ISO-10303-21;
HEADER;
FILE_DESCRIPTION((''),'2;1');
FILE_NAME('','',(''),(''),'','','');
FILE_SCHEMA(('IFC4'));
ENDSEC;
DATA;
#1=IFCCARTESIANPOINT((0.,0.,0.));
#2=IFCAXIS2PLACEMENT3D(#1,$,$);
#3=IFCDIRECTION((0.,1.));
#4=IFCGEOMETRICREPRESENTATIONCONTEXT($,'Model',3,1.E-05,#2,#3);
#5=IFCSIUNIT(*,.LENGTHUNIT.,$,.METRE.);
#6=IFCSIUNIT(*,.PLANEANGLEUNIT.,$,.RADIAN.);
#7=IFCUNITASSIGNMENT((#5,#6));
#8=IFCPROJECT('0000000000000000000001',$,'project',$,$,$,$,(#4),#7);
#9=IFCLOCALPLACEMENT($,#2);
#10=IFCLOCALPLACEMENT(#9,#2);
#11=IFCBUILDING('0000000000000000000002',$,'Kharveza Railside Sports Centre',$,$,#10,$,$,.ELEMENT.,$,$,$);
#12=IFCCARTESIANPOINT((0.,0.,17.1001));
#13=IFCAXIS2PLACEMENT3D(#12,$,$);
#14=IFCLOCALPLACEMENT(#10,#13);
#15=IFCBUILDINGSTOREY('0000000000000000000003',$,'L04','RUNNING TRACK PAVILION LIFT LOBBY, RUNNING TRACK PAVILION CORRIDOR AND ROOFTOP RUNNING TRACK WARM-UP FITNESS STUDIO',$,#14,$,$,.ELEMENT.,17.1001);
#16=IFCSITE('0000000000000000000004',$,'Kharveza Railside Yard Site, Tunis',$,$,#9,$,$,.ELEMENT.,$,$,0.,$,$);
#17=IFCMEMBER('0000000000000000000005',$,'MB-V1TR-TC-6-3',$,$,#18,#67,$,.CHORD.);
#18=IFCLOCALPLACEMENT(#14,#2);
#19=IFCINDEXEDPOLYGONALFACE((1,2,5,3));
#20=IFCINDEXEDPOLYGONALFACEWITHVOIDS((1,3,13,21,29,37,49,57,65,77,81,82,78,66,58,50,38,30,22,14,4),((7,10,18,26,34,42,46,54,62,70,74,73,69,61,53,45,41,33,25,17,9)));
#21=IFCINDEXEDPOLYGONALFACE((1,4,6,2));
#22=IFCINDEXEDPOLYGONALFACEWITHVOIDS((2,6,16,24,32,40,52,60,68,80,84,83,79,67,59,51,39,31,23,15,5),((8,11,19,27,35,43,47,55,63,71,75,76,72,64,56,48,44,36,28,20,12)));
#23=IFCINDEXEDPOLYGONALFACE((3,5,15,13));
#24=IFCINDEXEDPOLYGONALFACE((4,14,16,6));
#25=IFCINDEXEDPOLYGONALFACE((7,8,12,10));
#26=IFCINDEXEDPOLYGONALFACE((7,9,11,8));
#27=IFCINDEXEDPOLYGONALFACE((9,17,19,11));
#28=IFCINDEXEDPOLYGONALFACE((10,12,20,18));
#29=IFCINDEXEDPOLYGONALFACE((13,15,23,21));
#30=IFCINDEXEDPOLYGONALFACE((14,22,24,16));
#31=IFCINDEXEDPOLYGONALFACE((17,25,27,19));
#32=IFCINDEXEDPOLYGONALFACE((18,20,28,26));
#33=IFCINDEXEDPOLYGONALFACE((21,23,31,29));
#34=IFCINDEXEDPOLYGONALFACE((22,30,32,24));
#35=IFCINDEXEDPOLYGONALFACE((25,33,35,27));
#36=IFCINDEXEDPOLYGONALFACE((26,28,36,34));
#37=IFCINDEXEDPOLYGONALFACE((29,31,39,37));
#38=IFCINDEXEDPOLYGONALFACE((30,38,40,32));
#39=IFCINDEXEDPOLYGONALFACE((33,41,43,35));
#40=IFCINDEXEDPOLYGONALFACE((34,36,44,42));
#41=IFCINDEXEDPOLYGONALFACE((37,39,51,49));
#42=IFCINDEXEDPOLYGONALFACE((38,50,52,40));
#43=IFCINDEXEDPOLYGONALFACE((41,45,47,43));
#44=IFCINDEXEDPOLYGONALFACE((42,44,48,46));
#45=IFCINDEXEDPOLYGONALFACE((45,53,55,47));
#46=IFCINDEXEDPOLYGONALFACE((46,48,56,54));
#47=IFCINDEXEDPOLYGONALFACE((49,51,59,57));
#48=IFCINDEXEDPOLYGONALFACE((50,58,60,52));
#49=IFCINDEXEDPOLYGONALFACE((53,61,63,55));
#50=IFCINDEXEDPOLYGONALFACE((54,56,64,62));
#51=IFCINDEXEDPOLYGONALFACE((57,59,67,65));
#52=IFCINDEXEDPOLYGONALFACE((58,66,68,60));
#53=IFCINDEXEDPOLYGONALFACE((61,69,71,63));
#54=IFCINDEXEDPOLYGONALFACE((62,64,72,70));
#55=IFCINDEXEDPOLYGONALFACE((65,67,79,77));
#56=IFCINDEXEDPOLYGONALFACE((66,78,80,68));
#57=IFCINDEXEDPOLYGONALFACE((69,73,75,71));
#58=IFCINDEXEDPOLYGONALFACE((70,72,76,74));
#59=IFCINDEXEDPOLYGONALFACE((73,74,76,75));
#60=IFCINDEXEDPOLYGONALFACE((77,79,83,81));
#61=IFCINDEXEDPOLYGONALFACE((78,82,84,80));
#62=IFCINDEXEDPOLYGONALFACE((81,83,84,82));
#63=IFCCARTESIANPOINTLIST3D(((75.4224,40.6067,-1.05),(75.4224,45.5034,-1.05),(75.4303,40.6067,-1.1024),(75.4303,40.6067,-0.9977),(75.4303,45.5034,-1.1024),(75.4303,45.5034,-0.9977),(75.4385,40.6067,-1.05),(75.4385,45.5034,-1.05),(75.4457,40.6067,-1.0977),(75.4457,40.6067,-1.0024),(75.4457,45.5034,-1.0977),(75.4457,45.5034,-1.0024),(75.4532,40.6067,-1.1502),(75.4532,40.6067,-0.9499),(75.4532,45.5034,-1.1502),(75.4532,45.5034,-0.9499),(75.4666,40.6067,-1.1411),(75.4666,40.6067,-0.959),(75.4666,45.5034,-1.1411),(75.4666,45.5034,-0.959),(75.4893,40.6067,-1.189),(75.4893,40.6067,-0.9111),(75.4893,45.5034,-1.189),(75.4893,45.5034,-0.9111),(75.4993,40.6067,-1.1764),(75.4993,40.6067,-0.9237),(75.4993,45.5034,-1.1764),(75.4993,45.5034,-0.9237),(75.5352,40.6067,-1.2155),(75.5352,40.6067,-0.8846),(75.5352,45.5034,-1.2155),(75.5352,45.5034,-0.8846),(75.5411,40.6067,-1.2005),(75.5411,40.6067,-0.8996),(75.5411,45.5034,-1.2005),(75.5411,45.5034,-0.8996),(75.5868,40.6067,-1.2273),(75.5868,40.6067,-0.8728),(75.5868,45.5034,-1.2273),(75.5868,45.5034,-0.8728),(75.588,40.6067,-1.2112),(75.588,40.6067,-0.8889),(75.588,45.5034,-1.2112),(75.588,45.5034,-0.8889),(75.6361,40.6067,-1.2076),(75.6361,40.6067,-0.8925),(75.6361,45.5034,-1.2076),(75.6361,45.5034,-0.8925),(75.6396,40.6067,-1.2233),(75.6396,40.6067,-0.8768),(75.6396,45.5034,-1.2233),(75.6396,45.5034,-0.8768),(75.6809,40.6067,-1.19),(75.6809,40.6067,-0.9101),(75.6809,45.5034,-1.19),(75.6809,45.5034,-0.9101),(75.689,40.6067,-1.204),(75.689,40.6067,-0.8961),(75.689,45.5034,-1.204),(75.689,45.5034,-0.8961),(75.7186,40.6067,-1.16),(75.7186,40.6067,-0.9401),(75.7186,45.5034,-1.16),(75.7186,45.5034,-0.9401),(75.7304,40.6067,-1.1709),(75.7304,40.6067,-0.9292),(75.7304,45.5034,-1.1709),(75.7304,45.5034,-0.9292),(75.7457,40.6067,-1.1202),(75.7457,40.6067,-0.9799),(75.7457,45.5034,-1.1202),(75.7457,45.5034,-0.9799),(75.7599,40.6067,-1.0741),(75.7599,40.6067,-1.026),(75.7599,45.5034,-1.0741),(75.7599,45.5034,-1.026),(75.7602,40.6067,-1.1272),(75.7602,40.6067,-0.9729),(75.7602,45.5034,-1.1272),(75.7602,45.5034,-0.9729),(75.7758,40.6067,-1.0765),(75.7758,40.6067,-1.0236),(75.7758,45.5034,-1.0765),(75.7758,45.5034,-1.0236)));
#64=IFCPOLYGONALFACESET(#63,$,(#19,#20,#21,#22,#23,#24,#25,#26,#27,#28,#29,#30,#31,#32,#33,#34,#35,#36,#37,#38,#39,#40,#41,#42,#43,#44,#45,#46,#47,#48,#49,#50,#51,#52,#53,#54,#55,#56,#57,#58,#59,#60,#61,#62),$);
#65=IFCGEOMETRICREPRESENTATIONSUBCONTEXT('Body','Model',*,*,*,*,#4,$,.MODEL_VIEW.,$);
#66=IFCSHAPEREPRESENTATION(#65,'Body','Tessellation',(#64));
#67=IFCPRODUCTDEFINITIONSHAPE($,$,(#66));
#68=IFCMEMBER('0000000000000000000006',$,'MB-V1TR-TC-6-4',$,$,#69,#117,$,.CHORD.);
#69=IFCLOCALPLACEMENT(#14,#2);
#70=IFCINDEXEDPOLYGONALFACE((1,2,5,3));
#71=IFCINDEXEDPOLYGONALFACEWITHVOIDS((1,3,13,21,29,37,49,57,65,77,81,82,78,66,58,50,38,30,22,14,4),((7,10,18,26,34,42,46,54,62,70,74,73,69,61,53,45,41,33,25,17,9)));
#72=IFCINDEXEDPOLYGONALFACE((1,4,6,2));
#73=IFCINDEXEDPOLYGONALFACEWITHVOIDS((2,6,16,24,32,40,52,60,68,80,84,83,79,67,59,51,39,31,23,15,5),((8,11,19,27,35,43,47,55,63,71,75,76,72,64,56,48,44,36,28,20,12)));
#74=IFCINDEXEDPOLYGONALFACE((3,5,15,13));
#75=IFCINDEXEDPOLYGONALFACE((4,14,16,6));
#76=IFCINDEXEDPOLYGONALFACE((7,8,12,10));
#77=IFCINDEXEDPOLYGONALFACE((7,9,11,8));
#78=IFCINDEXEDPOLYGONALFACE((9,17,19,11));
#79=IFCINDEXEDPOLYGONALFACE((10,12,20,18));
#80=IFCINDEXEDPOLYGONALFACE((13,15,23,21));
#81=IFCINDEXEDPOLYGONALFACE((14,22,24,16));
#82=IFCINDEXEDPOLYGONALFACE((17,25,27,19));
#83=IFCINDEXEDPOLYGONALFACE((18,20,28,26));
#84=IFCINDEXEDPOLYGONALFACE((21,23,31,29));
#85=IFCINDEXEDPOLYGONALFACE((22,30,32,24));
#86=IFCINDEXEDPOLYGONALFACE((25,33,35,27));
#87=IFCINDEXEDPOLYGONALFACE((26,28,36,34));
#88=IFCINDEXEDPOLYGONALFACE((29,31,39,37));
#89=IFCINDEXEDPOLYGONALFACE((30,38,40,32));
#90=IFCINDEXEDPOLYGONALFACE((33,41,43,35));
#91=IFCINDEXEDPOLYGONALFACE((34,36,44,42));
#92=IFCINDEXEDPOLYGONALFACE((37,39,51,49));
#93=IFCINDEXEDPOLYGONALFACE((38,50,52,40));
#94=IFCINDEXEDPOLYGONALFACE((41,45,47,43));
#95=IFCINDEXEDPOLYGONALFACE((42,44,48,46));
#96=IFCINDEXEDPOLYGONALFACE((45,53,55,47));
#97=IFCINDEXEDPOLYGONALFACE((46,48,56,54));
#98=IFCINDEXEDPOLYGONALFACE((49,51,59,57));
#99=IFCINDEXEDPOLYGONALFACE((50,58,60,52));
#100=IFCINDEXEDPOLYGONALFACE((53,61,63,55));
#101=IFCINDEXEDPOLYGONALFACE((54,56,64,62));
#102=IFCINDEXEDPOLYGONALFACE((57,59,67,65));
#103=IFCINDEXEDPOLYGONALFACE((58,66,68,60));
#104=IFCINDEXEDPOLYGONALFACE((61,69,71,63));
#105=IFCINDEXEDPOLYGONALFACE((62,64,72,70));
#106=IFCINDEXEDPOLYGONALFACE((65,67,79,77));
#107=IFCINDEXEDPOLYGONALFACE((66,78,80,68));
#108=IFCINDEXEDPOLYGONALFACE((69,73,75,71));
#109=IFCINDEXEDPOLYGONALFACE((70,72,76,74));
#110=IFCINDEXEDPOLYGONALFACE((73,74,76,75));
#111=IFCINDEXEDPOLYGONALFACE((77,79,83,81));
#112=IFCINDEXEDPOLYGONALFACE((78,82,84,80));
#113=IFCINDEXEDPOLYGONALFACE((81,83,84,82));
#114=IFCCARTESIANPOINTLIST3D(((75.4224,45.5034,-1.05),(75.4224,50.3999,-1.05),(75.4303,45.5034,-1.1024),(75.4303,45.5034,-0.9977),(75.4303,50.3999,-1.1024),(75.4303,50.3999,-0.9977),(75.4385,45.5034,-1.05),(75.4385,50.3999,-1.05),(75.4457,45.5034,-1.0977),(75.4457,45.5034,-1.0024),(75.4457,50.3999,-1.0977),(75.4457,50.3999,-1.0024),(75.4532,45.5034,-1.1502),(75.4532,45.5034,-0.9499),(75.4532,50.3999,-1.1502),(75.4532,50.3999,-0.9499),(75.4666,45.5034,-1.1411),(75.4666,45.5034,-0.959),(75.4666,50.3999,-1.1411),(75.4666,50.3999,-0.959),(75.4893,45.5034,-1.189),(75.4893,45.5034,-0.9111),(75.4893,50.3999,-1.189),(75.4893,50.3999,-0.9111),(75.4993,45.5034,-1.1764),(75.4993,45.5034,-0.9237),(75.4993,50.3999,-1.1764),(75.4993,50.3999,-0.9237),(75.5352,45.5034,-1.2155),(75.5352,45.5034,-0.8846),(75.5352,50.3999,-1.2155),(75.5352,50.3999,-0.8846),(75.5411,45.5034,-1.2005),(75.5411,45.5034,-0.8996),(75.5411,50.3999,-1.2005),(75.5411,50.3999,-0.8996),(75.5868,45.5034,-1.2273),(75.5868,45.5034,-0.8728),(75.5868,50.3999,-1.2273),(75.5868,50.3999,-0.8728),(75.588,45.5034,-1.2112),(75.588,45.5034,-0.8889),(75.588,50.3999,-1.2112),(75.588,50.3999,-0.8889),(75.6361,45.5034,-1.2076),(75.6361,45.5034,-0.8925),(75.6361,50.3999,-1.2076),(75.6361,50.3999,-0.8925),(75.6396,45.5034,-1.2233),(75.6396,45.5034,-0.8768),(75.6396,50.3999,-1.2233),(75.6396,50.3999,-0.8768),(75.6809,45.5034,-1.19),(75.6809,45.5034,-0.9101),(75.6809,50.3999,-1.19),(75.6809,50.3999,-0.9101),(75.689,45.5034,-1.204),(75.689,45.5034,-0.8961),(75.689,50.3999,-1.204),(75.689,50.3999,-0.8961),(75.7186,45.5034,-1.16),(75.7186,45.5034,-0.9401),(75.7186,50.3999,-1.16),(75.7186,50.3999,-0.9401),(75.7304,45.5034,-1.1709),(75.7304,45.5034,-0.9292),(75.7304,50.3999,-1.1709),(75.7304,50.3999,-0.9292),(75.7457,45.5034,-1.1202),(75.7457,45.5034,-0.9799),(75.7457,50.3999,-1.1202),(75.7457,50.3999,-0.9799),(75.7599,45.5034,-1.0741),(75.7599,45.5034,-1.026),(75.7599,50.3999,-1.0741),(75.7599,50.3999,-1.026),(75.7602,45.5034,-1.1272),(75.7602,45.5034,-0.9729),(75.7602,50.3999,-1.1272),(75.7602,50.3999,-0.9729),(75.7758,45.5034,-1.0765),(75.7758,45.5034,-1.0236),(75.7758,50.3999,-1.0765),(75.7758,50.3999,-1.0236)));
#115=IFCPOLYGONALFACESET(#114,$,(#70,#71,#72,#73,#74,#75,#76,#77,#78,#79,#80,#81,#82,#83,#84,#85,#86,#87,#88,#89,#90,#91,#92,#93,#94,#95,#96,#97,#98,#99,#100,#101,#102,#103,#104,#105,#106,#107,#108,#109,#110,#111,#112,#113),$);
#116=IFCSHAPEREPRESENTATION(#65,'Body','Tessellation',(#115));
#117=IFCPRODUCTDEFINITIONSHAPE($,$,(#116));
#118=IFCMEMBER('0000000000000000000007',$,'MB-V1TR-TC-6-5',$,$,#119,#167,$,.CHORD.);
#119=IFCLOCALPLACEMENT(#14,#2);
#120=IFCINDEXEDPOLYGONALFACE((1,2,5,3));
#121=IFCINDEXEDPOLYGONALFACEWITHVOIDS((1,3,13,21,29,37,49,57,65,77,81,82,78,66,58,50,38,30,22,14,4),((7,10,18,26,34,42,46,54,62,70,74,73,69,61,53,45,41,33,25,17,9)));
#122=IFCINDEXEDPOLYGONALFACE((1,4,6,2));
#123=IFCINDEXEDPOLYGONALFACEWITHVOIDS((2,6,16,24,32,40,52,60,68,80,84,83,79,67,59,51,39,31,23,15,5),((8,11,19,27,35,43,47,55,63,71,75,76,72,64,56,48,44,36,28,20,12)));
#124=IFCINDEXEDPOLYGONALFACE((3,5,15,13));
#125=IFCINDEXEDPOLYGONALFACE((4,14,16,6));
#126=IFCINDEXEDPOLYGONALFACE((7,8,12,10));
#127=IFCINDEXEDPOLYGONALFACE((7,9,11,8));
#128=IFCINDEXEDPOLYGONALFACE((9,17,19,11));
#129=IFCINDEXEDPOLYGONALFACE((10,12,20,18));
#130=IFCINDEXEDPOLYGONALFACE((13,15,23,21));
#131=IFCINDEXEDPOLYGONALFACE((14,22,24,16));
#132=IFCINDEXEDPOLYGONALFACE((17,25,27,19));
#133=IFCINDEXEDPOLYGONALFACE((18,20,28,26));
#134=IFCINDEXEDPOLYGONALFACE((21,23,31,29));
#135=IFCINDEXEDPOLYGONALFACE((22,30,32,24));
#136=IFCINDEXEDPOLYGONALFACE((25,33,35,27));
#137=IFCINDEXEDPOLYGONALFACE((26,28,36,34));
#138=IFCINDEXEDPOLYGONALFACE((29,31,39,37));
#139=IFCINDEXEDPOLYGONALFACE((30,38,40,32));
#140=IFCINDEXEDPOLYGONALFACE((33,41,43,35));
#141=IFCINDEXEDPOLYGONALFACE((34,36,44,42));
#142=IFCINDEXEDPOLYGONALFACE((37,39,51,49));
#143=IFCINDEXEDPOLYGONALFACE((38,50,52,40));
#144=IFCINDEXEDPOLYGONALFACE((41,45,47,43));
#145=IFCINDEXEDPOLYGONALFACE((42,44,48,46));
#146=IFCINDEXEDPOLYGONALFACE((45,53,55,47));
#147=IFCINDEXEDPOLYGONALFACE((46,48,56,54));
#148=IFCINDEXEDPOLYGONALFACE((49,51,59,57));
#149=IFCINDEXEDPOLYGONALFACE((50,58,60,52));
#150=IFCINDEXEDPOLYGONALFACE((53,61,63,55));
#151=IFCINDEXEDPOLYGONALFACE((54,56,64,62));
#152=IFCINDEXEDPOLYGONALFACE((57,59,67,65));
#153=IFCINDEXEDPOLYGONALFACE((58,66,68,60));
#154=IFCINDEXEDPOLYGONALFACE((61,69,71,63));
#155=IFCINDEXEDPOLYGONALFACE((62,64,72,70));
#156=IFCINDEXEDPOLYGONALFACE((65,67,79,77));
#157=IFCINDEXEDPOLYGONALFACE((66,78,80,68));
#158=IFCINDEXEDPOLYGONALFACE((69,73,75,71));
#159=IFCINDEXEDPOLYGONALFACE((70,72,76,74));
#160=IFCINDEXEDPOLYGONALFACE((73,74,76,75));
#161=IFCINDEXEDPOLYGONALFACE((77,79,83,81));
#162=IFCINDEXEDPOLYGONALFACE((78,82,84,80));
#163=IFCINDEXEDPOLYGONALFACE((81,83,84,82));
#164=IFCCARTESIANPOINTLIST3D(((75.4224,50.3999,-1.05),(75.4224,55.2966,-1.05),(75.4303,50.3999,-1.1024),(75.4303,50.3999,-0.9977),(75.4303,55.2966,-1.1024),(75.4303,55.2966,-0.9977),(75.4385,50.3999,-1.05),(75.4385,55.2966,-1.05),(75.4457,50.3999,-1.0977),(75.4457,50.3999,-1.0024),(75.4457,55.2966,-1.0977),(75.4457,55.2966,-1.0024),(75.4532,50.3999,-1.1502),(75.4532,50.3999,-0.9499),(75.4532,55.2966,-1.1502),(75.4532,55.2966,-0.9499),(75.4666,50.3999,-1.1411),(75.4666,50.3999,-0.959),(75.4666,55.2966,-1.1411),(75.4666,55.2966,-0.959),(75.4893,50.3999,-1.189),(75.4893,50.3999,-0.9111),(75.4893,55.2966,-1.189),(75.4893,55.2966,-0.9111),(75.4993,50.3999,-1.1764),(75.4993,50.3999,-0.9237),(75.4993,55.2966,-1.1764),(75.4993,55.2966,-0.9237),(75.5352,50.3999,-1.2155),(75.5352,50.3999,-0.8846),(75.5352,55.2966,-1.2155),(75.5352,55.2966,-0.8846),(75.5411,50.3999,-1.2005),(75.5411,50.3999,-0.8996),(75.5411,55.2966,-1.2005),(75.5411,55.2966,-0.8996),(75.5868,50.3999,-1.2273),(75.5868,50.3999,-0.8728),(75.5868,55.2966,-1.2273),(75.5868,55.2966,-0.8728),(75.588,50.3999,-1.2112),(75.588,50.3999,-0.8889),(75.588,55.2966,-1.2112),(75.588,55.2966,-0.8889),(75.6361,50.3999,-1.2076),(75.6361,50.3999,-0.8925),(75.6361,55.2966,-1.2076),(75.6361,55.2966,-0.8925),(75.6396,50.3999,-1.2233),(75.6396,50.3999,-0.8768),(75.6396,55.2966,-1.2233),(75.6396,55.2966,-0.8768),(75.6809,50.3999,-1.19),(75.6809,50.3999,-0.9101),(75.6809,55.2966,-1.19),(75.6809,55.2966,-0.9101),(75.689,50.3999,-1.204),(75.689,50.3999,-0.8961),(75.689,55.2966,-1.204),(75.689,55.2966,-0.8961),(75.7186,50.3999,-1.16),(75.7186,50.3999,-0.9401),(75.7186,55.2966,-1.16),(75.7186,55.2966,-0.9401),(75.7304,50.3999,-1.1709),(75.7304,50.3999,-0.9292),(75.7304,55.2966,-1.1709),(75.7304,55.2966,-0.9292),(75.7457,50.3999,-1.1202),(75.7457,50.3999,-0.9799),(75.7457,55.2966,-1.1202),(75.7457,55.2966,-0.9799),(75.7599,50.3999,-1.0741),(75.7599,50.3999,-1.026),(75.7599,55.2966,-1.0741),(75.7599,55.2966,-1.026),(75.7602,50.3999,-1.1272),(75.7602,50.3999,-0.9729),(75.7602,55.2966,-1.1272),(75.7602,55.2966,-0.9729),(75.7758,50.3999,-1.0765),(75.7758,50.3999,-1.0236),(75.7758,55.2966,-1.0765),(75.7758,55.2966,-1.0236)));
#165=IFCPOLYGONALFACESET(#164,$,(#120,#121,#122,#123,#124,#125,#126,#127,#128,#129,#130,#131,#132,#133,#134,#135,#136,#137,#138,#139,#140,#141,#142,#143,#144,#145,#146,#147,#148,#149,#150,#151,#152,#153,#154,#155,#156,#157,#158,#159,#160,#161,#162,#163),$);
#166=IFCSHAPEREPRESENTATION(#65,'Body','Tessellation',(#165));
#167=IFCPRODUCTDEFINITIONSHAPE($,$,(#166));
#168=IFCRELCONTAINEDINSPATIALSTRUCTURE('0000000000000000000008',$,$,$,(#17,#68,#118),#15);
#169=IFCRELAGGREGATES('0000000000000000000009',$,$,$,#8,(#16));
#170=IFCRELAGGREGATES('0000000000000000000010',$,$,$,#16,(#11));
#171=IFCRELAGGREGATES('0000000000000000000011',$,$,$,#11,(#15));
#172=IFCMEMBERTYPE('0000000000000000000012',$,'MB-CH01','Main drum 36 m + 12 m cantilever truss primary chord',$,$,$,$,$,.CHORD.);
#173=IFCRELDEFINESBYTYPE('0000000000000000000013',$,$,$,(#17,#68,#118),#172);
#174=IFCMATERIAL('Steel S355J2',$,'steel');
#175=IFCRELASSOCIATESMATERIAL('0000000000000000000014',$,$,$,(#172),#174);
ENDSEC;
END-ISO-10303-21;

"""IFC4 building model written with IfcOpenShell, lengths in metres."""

from ifc_helpers import new_model, si_unit, direction, frame, origin, origin_2d, place, context, subcontext, project, spatial, hollow_circle, extrude, material, material_profile, profile_set, type_object, element, save


model = new_model("IFC4")

# Units and contexts
model_context = context("Model", 3, precision=1e-05, world=origin(), true_north=direction((0.0, 1.0)))
body_context = subcontext(model_context, "Body", "Model", "MODEL_VIEW")
ifc_project = project(units=[si_unit("LENGTHUNIT", "METRE"), si_unit("PLANEANGLEUNIT", "RADIAN")], contexts=[model_context])

# Site, building, storey
site_placement = place(None, origin())
site = spatial("IfcSite", under=ifc_project, at=site_placement, Name="Kharveza Railside Yard Site, Tunis", CompositionType="ELEMENT", RefElevation=0.0)
building_placement = place(site_placement, origin())
building = spatial("IfcBuilding", under=site, at=building_placement, Name="Kharveza Railside Sports Centre", CompositionType="ELEMENT")
storey_placement = place(building_placement, frame((0.0, 0.0, 17.1001)))
storey = spatial("IfcBuildingStorey", under=building, at=storey_placement, Name="L04", Description="RUNNING TRACK PAVILION LIFT LOBBY, RUNNING TRACK PAVILION CORRIDOR AND ROOFTOP RUNNING TRACK WARM-UP FITNESS STUDIO", CompositionType="ELEMENT", Elevation=17.1001)

# Members
ifc_material_1 = material(Name="Steel S355J2", Category="steel")
ifc_material_profile_1 = material_profile(ifc_material_1, hollow_circle(Radius=0.1777, WallThickness=0.0161, at=origin_2d()), Name="CHS 355.6x16.0")
ifc_profile_set_1 = profile_set([ifc_material_profile_1], Name="Steel S355J2")
member_type_1 = type_object("IfcMemberType", Name="MB-CH01", Description="Main drum 36 m + 12 m cantilever truss primary chord", PredefinedType="CHORD", material=ifc_profile_set_1)
member_1_placement = place(storey_placement, frame((75.6001, 40.6067, -1.05), z_axis=(0.0, 1.0, 0.0), x_axis=(-1.0, 0.0, 0.0)))
element("IfcMember", 1, at=member_1_placement, inside=storey, type_object=member_type_1, Name="MB-V1TR-TC-6-3", PredefinedType="CHORD", context=body_context, shape_type="SweptSolid", body=[
    extrude(hollow_circle(Radius=0.1777, WallThickness=0.0161, at=origin_2d()), origin(), (0.0, 0.0, 1.0), 4.8967),
])
member_2_placement = place(storey_placement, frame((75.6001, 45.5034, -1.05), z_axis=(0.0, 1.0, 0.0), x_axis=(-1.0, 0.0, 0.0)))
element("IfcMember", 2, at=member_2_placement, inside=storey, type_object=member_type_1, Name="MB-V1TR-TC-6-4", PredefinedType="CHORD", context=body_context, shape_type="SweptSolid", body=[
    extrude(hollow_circle(Radius=0.1777, WallThickness=0.0161, at=origin_2d()), origin(), (0.0, 0.0, 1.0), 4.8965),
])
member_3_placement = place(storey_placement, frame((75.6001, 50.3999, -1.05), z_axis=(0.0, 1.0, 0.0), x_axis=(-1.0, 0.0, 0.0)))
element("IfcMember", 3, at=member_3_placement, inside=storey, type_object=member_type_1, Name="MB-V1TR-TC-6-5", PredefinedType="CHORD", context=body_context, shape_type="SweptSolid", body=[
    extrude(hollow_circle(Radius=0.1777, WallThickness=0.0161, at=origin_2d()), origin(), (0.0, 0.0, 1.0), 4.8967),
])

save(model, "model.ifc")
